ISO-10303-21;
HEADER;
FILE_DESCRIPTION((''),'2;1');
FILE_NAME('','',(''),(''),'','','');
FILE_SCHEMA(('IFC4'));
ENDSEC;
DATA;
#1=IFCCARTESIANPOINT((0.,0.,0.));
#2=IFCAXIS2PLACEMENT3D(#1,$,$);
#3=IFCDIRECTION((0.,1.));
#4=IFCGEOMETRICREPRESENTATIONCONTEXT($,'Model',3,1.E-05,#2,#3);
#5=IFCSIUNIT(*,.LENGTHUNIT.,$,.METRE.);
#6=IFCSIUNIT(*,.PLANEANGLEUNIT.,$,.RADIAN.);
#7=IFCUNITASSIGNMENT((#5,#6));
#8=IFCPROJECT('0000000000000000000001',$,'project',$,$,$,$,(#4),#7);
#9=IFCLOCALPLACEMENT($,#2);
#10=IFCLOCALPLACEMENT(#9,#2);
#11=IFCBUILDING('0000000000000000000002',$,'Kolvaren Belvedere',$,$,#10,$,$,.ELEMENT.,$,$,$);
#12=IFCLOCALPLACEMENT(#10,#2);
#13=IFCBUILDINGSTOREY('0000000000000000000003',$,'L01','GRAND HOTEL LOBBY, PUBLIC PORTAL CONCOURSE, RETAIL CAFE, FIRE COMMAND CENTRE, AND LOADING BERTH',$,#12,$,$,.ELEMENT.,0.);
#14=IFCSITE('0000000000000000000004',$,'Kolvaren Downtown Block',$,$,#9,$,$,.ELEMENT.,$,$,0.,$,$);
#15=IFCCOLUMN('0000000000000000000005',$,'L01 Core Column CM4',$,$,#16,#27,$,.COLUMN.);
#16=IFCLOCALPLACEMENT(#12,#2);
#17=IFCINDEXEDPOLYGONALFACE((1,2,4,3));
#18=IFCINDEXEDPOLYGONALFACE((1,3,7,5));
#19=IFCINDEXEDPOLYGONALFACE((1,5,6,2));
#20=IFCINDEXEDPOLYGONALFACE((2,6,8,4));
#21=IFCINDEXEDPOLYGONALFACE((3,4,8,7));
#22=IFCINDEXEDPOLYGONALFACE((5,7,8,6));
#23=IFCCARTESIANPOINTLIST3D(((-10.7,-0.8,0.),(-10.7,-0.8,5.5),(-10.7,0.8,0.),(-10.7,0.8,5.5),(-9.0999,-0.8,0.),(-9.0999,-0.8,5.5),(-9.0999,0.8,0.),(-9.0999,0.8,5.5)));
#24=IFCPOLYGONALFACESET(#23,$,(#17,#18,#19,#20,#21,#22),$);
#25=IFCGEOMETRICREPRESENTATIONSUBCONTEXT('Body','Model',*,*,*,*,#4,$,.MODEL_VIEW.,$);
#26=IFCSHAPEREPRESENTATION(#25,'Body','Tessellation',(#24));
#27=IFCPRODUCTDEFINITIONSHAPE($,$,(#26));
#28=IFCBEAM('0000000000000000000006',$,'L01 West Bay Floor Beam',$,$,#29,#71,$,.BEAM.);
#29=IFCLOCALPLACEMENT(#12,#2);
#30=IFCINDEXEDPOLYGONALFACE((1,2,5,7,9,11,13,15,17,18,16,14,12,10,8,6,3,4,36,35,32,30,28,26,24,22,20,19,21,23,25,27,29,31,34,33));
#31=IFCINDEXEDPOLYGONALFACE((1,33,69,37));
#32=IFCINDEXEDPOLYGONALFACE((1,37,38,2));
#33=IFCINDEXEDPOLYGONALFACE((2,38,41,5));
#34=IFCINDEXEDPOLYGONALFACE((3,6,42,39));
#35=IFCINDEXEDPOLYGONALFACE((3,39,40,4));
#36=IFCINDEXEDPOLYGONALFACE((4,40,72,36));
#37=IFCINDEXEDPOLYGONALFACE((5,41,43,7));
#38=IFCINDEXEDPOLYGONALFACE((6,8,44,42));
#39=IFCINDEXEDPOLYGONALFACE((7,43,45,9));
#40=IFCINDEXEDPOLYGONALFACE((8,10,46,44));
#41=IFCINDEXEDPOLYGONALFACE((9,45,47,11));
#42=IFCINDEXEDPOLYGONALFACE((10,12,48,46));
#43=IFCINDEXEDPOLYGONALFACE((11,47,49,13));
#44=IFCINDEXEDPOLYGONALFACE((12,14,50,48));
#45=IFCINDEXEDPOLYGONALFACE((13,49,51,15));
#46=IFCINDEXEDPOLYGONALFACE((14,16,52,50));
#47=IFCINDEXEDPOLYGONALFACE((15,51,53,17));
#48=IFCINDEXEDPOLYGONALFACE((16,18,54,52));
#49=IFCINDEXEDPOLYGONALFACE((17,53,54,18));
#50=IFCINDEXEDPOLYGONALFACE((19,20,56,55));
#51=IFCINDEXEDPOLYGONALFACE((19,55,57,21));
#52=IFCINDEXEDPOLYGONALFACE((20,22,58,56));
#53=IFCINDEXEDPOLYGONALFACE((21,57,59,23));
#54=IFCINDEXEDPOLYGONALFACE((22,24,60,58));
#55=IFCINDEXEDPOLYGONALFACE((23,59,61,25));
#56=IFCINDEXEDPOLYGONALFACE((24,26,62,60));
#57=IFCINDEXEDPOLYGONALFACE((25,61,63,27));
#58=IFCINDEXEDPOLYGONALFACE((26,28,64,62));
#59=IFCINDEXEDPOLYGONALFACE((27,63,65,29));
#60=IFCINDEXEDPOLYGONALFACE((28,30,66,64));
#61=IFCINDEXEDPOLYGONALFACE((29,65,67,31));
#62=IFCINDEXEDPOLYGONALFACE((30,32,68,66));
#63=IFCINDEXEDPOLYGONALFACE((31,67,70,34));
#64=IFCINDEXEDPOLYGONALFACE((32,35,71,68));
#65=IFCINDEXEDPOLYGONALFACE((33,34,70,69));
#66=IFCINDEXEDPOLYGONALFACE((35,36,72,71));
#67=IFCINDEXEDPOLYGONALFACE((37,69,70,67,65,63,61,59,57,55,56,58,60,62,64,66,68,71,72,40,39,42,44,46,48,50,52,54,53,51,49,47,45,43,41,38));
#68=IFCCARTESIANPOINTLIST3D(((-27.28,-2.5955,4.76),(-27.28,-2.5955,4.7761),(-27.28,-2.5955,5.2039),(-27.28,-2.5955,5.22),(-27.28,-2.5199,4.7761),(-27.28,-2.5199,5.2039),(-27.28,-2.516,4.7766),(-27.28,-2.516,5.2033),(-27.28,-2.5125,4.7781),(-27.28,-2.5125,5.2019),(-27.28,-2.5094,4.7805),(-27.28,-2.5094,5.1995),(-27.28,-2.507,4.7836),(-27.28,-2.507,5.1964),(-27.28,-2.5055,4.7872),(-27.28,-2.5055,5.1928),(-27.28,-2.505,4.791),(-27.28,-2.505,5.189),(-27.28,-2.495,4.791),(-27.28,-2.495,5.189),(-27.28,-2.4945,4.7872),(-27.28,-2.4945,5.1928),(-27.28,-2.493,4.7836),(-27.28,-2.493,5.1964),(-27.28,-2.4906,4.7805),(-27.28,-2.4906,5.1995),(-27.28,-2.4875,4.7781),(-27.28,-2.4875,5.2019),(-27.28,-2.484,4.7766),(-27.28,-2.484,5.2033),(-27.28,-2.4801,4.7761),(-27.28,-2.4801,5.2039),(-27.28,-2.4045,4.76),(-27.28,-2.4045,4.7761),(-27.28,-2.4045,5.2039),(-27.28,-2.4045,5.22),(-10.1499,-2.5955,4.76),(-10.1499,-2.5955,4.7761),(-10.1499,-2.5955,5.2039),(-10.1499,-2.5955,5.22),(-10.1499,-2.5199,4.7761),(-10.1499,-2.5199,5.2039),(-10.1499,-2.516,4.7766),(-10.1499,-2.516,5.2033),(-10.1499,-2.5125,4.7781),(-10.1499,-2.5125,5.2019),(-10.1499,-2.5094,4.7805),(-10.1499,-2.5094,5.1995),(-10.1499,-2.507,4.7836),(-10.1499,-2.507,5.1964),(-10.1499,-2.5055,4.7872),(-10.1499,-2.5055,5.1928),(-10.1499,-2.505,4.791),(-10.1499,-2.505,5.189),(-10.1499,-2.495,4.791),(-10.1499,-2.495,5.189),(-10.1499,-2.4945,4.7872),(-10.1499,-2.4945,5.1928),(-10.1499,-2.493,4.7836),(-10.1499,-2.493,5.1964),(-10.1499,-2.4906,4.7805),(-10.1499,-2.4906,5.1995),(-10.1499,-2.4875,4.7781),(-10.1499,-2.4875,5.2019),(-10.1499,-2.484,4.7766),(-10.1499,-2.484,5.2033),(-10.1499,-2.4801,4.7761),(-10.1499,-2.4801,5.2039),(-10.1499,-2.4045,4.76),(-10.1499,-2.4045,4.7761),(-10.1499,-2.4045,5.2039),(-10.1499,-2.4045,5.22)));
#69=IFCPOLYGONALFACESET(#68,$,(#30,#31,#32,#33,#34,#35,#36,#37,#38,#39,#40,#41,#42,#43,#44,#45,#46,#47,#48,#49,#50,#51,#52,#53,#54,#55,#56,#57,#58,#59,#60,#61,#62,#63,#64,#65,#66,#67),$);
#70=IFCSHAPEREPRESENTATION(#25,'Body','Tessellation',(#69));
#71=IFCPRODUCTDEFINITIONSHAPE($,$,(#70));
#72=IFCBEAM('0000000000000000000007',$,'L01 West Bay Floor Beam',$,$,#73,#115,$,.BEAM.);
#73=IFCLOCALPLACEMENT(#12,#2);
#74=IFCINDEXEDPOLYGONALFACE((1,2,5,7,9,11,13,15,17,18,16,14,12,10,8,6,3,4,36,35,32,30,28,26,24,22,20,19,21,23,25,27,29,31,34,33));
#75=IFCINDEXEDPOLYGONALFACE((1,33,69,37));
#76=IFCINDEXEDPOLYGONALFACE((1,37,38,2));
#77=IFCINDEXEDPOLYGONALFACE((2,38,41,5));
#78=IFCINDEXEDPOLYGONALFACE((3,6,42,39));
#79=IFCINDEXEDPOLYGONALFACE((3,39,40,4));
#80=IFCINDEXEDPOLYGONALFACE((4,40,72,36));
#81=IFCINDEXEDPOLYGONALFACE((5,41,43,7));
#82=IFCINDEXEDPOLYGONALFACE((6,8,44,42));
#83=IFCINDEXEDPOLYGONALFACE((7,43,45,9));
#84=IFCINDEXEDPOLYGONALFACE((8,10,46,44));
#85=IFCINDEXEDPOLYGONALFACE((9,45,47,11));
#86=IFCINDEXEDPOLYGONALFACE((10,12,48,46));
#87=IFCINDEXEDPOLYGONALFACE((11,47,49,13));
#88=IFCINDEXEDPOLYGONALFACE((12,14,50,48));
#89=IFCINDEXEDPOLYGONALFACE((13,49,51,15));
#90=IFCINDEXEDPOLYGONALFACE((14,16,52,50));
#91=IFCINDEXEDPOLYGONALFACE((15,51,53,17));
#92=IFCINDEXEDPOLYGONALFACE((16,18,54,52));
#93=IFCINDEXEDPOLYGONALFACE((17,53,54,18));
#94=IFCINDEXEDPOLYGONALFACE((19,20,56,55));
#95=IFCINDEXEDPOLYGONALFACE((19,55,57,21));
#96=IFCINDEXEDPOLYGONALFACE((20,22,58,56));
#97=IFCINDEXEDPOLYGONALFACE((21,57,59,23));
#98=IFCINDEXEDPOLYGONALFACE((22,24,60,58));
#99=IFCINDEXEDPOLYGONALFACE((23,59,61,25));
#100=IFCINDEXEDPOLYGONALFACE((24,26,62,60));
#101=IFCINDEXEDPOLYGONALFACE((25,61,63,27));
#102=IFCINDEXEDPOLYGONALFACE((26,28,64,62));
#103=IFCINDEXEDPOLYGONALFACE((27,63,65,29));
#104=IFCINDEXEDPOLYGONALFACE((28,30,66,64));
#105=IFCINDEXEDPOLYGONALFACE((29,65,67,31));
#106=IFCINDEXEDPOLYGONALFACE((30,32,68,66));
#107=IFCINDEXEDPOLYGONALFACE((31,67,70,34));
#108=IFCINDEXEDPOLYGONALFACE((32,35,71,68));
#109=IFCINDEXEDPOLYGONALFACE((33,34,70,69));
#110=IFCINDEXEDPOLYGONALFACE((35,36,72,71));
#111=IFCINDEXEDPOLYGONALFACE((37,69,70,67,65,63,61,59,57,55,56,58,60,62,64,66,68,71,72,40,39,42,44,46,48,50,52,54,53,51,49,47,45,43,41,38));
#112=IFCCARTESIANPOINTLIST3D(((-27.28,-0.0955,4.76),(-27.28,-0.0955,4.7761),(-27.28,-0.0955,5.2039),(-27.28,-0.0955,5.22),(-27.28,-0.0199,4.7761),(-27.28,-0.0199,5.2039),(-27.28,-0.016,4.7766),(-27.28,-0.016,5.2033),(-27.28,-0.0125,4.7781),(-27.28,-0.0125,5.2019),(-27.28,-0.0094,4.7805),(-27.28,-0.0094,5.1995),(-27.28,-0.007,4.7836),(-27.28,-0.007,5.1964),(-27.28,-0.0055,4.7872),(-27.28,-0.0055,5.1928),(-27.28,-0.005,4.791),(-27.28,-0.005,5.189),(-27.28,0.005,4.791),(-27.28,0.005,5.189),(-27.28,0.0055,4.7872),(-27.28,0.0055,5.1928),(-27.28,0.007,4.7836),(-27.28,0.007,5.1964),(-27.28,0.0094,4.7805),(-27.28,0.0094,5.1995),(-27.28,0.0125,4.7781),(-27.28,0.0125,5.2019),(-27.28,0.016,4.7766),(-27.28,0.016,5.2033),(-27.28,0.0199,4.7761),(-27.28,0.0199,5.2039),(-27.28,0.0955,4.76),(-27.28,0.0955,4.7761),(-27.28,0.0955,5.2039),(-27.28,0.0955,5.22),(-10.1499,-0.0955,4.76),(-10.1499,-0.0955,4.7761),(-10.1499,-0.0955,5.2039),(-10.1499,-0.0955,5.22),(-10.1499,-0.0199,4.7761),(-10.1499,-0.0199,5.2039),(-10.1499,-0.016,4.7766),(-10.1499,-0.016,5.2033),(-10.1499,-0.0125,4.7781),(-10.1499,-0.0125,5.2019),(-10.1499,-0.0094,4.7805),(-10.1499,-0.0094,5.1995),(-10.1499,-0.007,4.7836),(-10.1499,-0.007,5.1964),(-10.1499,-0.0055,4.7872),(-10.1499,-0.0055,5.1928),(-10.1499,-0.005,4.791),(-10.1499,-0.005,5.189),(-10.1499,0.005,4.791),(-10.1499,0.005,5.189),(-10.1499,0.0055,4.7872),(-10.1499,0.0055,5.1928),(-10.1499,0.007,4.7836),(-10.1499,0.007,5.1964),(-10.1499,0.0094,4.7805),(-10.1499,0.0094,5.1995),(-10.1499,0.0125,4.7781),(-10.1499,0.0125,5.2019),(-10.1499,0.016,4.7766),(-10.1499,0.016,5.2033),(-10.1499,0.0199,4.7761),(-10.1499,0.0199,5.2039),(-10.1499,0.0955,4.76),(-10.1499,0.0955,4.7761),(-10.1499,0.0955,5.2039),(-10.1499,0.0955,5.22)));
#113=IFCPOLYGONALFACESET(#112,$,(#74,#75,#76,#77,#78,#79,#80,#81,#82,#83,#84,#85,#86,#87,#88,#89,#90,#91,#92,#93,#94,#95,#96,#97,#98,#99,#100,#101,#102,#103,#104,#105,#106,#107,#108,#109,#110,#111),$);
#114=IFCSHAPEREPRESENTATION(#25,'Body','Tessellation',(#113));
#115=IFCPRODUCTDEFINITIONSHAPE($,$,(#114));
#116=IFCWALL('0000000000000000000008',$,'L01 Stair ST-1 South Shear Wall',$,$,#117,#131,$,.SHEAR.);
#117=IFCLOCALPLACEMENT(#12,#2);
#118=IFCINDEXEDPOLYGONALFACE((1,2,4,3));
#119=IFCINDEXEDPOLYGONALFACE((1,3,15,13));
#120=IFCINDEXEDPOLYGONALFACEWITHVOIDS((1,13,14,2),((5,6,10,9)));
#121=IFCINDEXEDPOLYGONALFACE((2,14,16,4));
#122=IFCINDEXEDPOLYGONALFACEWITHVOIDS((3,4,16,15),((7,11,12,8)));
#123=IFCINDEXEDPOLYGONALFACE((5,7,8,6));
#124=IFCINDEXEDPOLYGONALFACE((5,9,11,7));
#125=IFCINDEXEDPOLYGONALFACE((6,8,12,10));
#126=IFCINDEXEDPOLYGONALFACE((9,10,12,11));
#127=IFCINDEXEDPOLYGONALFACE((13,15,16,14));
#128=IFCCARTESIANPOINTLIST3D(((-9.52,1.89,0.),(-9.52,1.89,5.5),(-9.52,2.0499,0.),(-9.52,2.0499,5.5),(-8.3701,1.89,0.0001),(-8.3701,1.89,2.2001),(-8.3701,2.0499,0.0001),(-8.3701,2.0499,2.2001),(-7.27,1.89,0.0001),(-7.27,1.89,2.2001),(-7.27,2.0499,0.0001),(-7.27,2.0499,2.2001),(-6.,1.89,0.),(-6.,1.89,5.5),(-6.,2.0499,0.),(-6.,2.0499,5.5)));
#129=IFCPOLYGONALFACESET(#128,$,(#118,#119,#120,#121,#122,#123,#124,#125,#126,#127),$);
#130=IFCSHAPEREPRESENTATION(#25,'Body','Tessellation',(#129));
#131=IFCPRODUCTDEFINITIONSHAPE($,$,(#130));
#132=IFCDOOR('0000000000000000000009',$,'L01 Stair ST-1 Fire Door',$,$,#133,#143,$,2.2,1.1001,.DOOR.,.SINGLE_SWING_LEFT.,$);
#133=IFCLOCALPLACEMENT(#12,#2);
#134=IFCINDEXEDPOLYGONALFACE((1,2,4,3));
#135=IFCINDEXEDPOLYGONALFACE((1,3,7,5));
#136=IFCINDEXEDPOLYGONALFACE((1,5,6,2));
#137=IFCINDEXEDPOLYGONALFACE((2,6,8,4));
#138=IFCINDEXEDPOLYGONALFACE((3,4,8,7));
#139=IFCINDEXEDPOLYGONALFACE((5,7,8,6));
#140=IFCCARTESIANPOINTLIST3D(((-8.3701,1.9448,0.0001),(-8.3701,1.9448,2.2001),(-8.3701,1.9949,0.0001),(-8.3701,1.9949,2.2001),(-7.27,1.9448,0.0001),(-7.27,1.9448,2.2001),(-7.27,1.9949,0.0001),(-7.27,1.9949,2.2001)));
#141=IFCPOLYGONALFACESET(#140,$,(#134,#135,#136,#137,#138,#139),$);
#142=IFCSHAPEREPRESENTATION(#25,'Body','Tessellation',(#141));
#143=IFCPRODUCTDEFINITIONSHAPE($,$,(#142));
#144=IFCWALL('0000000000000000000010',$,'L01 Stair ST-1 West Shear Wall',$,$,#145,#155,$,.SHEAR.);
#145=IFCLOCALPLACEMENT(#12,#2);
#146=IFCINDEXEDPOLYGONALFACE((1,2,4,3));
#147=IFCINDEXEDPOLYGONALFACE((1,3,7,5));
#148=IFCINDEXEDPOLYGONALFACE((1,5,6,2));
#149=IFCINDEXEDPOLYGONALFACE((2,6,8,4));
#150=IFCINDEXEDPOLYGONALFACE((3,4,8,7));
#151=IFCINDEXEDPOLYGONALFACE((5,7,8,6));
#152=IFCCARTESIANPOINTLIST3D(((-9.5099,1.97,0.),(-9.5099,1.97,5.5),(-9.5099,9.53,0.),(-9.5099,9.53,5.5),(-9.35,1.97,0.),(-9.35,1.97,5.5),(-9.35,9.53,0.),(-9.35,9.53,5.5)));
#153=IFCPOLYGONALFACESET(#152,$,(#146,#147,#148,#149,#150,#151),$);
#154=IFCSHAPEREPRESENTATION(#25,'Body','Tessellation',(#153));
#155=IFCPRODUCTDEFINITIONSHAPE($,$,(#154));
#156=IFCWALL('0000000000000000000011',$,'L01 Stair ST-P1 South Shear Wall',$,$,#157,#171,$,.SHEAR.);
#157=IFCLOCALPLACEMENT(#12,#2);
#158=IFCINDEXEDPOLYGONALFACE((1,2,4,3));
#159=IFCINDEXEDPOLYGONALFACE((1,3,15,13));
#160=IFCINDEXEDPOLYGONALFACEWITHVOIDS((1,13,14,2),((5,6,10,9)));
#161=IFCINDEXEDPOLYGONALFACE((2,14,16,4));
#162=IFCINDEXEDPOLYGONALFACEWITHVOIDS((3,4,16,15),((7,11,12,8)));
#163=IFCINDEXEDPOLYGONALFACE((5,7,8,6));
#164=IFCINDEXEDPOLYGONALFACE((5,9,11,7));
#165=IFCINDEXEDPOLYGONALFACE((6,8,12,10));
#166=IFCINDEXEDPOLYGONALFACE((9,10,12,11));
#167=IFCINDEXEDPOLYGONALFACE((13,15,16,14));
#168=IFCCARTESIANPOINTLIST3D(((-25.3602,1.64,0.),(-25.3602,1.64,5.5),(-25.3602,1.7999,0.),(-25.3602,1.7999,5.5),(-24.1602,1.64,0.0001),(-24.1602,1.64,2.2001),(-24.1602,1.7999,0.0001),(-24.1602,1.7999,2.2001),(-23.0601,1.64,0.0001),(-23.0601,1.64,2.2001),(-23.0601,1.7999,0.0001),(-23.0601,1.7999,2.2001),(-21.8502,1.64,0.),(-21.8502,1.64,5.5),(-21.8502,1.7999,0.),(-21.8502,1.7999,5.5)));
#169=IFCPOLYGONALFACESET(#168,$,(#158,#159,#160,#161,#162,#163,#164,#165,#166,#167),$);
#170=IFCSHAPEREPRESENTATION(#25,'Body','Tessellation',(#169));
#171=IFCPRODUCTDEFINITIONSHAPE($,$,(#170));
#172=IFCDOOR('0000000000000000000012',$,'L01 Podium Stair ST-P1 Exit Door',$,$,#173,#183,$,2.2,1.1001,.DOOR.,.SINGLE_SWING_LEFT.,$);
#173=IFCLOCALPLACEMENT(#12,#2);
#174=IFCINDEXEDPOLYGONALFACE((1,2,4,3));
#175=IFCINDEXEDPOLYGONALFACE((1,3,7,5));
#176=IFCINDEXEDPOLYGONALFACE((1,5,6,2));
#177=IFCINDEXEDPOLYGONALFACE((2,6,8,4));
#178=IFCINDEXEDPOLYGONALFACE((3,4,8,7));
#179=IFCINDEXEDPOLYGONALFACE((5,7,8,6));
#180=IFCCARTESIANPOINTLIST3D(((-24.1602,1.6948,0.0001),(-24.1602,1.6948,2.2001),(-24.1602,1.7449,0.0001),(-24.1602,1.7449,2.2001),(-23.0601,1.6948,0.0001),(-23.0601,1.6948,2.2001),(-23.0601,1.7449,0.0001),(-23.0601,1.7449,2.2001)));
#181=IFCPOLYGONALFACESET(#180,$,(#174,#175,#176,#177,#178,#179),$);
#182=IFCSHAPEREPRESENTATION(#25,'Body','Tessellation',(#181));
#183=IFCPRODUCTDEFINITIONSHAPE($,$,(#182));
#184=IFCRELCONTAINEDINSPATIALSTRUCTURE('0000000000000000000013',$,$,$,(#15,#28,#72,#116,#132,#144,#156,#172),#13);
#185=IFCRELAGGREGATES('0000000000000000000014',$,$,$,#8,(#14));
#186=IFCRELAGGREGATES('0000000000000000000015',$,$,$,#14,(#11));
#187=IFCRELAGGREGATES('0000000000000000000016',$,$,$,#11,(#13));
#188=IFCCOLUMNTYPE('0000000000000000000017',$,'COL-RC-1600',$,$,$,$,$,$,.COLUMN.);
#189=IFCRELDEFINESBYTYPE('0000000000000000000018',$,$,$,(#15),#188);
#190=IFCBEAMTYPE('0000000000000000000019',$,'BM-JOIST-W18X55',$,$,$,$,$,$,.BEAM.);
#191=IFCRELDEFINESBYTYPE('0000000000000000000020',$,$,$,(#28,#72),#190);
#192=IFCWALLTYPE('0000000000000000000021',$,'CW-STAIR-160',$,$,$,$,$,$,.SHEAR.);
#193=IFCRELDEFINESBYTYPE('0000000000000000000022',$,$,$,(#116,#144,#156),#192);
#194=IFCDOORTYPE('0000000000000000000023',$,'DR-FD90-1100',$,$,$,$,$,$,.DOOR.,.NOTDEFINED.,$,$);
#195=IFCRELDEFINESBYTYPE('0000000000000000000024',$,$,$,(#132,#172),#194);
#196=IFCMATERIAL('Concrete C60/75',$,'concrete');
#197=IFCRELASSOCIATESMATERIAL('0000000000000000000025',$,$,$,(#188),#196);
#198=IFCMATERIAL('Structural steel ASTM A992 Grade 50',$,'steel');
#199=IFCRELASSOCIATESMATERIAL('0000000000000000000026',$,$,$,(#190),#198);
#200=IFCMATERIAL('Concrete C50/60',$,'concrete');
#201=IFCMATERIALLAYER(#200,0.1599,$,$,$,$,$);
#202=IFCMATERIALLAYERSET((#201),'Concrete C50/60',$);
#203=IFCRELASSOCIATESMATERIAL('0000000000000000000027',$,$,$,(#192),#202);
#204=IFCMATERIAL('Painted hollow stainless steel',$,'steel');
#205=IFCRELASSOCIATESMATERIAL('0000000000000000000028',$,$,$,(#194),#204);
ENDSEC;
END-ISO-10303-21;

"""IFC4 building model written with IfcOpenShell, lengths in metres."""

from ifc_helpers import new_model, si_unit, direction, frame, frame_2d, origin, origin_2d, place, context, subcontext, project, spatial, rectangle, i_section, extrude, material, layer, layer_set, material_profile, profile_set, type_object, element, fill, save


model = new_model("IFC4")

# Units and contexts
model_context = context("Model", 3, precision=1e-05, world=origin(), true_north=direction((0.0, 1.0)))
body_context = subcontext(model_context, "Body", "Model", "MODEL_VIEW")
ifc_project = project(units=[si_unit("LENGTHUNIT", "METRE"), si_unit("PLANEANGLEUNIT", "RADIAN")], contexts=[model_context])

# Site, building, storey
site_placement = place(None, origin())
site = spatial("IfcSite", under=ifc_project, at=site_placement, Name="Kolvaren Downtown Block", CompositionType="ELEMENT", RefElevation=0.0)
building_placement = place(site_placement, origin())
building = spatial("IfcBuilding", under=site, at=building_placement, Name="Kolvaren Belvedere", CompositionType="ELEMENT")
storey_placement = place(building_placement, origin())
storey = spatial("IfcBuildingStorey", under=building, at=storey_placement, Name="L01", Description="GRAND HOTEL LOBBY, PUBLIC PORTAL CONCOURSE, RETAIL CAFE, FIRE COMMAND CENTRE, AND LOADING BERTH", CompositionType="ELEMENT", Elevation=0.0)

# Column
ifc_material_1 = material(Name="Concrete C60/75", Category="concrete")
ifc_material_profile_1 = material_profile(ifc_material_1, rectangle(XDim=1.6001, YDim=1.6001, at=origin_2d()), Name="RC 1600X1600")
ifc_profile_set_1 = profile_set([ifc_material_profile_1], Name="Concrete C60/75")
column_type = type_object("IfcColumnType", Name="COL-RC-1600", PredefinedType="COLUMN", material=ifc_profile_set_1)
column_placement = place(storey_placement, frame((-9.8999, 0.0, 0.0), z_axis=(0.0, 0.0, 1.0), x_axis=(1.0, 0.0, 0.0)))
element("IfcColumn", 1, at=column_placement, inside=storey, type_object=column_type, Name="L01 Core Column CM4", PredefinedType="COLUMN", context=body_context, shape_type="SweptSolid", body=[
    extrude(rectangle(XDim=1.6001, YDim=1.6001, at=origin_2d()), origin(), (0.0, 0.0, 1.0), 5.5),
])

# Beams
ifc_material_2 = material(Name="Structural steel ASTM A992 Grade 50", Category="steel")
ifc_material_profile_2 = material_profile(ifc_material_2, i_section(OverallWidth=0.1909, OverallDepth=0.46, WebThickness=0.01, FlangeThickness=0.0161, FilletRadius=0.0149, at=origin_2d()), Name="W18X55")
ifc_profile_set_2 = profile_set([ifc_material_profile_2], Name="Structural steel ASTM A992 Grade 50")
beam_type = type_object("IfcBeamType", Name="BM-JOIST-W18X55", PredefinedType="BEAM", material=ifc_profile_set_2)
for number, where, z_axis, x_axis, name in (
    (2, (-27.28, -2.5, 4.99), (1.0, 0.0, 0.0), (0.0, 1.0, 0.0), "L01 West Bay Floor Beam"),
    (3, (-27.28, 0.0, 4.99), (1.0, 0.0, 0.0), (0.0, 1.0, 0.0), "L01 West Bay Floor Beam"),
):
    element("IfcBeam", number, at=place(storey_placement, frame(where, z_axis=z_axis, x_axis=x_axis)), inside=storey, type_object=beam_type, Name=name, PredefinedType="BEAM", context=body_context, shape_type="SweptSolid", body=[
        extrude(i_section(OverallWidth=0.1909, OverallDepth=0.46, WebThickness=0.01, FlangeThickness=0.0161, FilletRadius=0.0149, at=origin_2d()), origin(), (0.0, 0.0, 1.0), 17.1301),
    ])

# Wall, opening, door
ifc_material_3 = material(Name="Concrete C50/60", Category="concrete")
ifc_layer_1 = layer(ifc_material_3, 0.1599)
ifc_layer_set_1 = layer_set([ifc_layer_1], Name="Concrete C50/60")
wall_type_1 = type_object("IfcWallType", Name="CW-STAIR-160", PredefinedType="SHEAR", material=ifc_layer_set_1)
wall_1_placement = place(storey_placement, frame((-9.52, 1.97, 0.0), z_axis=(0.0, 0.0, 1.0), x_axis=(1.0, 0.0, 0.0)))
wall_1 = element("IfcWall", 4, at=wall_1_placement, inside=storey, type_object=wall_type_1, Name="L01 Stair ST-1 South Shear Wall", PredefinedType="SHEAR", context=body_context, shape_type="SweptSolid", body=[
    extrude(rectangle(XDim=3.52, YDim=0.1599, at=frame_2d((1.76, 0.0))), origin(), (0.0, 0.0, 1.0), 5.5),
])
opening_1_placement = place(wall_1_placement, frame((1.1499, 0.0, 0.0)))
opening_1 = element("IfcOpeningElement", 5, at=opening_1_placement, cuts=wall_1, PredefinedType="OPENING", context=body_context, shape_type="SweptSolid", body=[
    extrude(rectangle(XDim=1.1001, YDim=2.2, at=frame_2d((0.55, 1.1001))), frame((0.0, 0.0898, 0.0), z_axis=(0.0, -1.0, 0.0), x_axis=(1.0, 0.0, 0.0)), (0.0, 0.0, 1.0), 0.1799),
])
ifc_material_4 = material(Name="Painted hollow stainless steel", Category="steel")
door_type_1 = type_object("IfcDoorType", Name="DR-FD90-1100", OperationType="NOTDEFINED", PredefinedType="DOOR", material=ifc_material_4)
door_1_placement = place(opening_1_placement, origin())
door_1 = element("IfcDoor", 6, at=door_1_placement, inside=storey, type_object=door_type_1, Name="L01 Stair ST-1 Fire Door", OperationType="SINGLE_SWING_LEFT", OverallHeight=2.2, OverallWidth=1.1001, PredefinedType="DOOR", context=body_context, shape_type="SweptSolid", body=[
    extrude(rectangle(XDim=1.1001, YDim=2.2, at=frame_2d((0.55, 1.1001))), frame((0.0, 0.0249, 0.0), z_axis=(0.0, -1.0, 0.0), x_axis=(1.0, 0.0, 0.0)), (0.0, 0.0, 1.0), 0.05),
])
fill(opening_1, door_1)

# Wall
wall_2_placement = place(storey_placement, frame((-9.4299, 1.97, 0.0), z_axis=(0.0, 0.0, 1.0), x_axis=(0.0, 1.0, 0.0)))
element("IfcWall", 7, at=wall_2_placement, inside=storey, type_object=wall_type_1, Name="L01 Stair ST-1 West Shear Wall", PredefinedType="SHEAR", context=body_context, shape_type="SweptSolid", body=[
    extrude(rectangle(XDim=7.5601, YDim=0.1599, at=frame_2d((3.78, 0.0))), origin(), (0.0, 0.0, 1.0), 5.5),
])

# Wall, opening, door
wall_3_placement = place(storey_placement, frame((-25.3601, 1.72, 0.0), z_axis=(0.0, 0.0, 1.0), x_axis=(1.0, 0.0, 0.0)))
wall_3 = element("IfcWall", 8, at=wall_3_placement, inside=storey, type_object=wall_type_1, Name="L01 Stair ST-P1 South Shear Wall", PredefinedType="SHEAR", context=body_context, shape_type="SweptSolid", body=[
    extrude(rectangle(XDim=3.51, YDim=0.1599, at=frame_2d((1.7549, 0.0))), origin(), (0.0, 0.0, 1.0), 5.5),
])
opening_2_placement = place(wall_3_placement, frame((1.2, 0.0, 0.0)))
opening_2 = element("IfcOpeningElement", 9, at=opening_2_placement, cuts=wall_3, PredefinedType="OPENING", context=body_context, shape_type="SweptSolid", body=[
    extrude(rectangle(XDim=1.1001, YDim=2.2, at=frame_2d((0.55, 1.1001))), frame((0.0, 0.0898, 0.0), z_axis=(0.0, -1.0, 0.0), x_axis=(1.0, 0.0, 0.0)), (0.0, 0.0, 1.0), 0.1799),
])
door_2_placement = place(opening_2_placement, origin())
door_2 = element("IfcDoor", 10, at=door_2_placement, inside=storey, type_object=door_type_1, Name="L01 Podium Stair ST-P1 Exit Door", OperationType="SINGLE_SWING_LEFT", OverallHeight=2.2, OverallWidth=1.1001, PredefinedType="DOOR", context=body_context, shape_type="SweptSolid", body=[
    extrude(rectangle(XDim=1.1001, YDim=2.2, at=frame_2d((0.55, 1.1001))), frame((0.0, 0.0249, 0.0), z_axis=(0.0, -1.0, 0.0), x_axis=(1.0, 0.0, 0.0)), (0.0, 0.0, 1.0), 0.05),
])
fill(opening_2, door_2)

save(model, "model.ifc")
